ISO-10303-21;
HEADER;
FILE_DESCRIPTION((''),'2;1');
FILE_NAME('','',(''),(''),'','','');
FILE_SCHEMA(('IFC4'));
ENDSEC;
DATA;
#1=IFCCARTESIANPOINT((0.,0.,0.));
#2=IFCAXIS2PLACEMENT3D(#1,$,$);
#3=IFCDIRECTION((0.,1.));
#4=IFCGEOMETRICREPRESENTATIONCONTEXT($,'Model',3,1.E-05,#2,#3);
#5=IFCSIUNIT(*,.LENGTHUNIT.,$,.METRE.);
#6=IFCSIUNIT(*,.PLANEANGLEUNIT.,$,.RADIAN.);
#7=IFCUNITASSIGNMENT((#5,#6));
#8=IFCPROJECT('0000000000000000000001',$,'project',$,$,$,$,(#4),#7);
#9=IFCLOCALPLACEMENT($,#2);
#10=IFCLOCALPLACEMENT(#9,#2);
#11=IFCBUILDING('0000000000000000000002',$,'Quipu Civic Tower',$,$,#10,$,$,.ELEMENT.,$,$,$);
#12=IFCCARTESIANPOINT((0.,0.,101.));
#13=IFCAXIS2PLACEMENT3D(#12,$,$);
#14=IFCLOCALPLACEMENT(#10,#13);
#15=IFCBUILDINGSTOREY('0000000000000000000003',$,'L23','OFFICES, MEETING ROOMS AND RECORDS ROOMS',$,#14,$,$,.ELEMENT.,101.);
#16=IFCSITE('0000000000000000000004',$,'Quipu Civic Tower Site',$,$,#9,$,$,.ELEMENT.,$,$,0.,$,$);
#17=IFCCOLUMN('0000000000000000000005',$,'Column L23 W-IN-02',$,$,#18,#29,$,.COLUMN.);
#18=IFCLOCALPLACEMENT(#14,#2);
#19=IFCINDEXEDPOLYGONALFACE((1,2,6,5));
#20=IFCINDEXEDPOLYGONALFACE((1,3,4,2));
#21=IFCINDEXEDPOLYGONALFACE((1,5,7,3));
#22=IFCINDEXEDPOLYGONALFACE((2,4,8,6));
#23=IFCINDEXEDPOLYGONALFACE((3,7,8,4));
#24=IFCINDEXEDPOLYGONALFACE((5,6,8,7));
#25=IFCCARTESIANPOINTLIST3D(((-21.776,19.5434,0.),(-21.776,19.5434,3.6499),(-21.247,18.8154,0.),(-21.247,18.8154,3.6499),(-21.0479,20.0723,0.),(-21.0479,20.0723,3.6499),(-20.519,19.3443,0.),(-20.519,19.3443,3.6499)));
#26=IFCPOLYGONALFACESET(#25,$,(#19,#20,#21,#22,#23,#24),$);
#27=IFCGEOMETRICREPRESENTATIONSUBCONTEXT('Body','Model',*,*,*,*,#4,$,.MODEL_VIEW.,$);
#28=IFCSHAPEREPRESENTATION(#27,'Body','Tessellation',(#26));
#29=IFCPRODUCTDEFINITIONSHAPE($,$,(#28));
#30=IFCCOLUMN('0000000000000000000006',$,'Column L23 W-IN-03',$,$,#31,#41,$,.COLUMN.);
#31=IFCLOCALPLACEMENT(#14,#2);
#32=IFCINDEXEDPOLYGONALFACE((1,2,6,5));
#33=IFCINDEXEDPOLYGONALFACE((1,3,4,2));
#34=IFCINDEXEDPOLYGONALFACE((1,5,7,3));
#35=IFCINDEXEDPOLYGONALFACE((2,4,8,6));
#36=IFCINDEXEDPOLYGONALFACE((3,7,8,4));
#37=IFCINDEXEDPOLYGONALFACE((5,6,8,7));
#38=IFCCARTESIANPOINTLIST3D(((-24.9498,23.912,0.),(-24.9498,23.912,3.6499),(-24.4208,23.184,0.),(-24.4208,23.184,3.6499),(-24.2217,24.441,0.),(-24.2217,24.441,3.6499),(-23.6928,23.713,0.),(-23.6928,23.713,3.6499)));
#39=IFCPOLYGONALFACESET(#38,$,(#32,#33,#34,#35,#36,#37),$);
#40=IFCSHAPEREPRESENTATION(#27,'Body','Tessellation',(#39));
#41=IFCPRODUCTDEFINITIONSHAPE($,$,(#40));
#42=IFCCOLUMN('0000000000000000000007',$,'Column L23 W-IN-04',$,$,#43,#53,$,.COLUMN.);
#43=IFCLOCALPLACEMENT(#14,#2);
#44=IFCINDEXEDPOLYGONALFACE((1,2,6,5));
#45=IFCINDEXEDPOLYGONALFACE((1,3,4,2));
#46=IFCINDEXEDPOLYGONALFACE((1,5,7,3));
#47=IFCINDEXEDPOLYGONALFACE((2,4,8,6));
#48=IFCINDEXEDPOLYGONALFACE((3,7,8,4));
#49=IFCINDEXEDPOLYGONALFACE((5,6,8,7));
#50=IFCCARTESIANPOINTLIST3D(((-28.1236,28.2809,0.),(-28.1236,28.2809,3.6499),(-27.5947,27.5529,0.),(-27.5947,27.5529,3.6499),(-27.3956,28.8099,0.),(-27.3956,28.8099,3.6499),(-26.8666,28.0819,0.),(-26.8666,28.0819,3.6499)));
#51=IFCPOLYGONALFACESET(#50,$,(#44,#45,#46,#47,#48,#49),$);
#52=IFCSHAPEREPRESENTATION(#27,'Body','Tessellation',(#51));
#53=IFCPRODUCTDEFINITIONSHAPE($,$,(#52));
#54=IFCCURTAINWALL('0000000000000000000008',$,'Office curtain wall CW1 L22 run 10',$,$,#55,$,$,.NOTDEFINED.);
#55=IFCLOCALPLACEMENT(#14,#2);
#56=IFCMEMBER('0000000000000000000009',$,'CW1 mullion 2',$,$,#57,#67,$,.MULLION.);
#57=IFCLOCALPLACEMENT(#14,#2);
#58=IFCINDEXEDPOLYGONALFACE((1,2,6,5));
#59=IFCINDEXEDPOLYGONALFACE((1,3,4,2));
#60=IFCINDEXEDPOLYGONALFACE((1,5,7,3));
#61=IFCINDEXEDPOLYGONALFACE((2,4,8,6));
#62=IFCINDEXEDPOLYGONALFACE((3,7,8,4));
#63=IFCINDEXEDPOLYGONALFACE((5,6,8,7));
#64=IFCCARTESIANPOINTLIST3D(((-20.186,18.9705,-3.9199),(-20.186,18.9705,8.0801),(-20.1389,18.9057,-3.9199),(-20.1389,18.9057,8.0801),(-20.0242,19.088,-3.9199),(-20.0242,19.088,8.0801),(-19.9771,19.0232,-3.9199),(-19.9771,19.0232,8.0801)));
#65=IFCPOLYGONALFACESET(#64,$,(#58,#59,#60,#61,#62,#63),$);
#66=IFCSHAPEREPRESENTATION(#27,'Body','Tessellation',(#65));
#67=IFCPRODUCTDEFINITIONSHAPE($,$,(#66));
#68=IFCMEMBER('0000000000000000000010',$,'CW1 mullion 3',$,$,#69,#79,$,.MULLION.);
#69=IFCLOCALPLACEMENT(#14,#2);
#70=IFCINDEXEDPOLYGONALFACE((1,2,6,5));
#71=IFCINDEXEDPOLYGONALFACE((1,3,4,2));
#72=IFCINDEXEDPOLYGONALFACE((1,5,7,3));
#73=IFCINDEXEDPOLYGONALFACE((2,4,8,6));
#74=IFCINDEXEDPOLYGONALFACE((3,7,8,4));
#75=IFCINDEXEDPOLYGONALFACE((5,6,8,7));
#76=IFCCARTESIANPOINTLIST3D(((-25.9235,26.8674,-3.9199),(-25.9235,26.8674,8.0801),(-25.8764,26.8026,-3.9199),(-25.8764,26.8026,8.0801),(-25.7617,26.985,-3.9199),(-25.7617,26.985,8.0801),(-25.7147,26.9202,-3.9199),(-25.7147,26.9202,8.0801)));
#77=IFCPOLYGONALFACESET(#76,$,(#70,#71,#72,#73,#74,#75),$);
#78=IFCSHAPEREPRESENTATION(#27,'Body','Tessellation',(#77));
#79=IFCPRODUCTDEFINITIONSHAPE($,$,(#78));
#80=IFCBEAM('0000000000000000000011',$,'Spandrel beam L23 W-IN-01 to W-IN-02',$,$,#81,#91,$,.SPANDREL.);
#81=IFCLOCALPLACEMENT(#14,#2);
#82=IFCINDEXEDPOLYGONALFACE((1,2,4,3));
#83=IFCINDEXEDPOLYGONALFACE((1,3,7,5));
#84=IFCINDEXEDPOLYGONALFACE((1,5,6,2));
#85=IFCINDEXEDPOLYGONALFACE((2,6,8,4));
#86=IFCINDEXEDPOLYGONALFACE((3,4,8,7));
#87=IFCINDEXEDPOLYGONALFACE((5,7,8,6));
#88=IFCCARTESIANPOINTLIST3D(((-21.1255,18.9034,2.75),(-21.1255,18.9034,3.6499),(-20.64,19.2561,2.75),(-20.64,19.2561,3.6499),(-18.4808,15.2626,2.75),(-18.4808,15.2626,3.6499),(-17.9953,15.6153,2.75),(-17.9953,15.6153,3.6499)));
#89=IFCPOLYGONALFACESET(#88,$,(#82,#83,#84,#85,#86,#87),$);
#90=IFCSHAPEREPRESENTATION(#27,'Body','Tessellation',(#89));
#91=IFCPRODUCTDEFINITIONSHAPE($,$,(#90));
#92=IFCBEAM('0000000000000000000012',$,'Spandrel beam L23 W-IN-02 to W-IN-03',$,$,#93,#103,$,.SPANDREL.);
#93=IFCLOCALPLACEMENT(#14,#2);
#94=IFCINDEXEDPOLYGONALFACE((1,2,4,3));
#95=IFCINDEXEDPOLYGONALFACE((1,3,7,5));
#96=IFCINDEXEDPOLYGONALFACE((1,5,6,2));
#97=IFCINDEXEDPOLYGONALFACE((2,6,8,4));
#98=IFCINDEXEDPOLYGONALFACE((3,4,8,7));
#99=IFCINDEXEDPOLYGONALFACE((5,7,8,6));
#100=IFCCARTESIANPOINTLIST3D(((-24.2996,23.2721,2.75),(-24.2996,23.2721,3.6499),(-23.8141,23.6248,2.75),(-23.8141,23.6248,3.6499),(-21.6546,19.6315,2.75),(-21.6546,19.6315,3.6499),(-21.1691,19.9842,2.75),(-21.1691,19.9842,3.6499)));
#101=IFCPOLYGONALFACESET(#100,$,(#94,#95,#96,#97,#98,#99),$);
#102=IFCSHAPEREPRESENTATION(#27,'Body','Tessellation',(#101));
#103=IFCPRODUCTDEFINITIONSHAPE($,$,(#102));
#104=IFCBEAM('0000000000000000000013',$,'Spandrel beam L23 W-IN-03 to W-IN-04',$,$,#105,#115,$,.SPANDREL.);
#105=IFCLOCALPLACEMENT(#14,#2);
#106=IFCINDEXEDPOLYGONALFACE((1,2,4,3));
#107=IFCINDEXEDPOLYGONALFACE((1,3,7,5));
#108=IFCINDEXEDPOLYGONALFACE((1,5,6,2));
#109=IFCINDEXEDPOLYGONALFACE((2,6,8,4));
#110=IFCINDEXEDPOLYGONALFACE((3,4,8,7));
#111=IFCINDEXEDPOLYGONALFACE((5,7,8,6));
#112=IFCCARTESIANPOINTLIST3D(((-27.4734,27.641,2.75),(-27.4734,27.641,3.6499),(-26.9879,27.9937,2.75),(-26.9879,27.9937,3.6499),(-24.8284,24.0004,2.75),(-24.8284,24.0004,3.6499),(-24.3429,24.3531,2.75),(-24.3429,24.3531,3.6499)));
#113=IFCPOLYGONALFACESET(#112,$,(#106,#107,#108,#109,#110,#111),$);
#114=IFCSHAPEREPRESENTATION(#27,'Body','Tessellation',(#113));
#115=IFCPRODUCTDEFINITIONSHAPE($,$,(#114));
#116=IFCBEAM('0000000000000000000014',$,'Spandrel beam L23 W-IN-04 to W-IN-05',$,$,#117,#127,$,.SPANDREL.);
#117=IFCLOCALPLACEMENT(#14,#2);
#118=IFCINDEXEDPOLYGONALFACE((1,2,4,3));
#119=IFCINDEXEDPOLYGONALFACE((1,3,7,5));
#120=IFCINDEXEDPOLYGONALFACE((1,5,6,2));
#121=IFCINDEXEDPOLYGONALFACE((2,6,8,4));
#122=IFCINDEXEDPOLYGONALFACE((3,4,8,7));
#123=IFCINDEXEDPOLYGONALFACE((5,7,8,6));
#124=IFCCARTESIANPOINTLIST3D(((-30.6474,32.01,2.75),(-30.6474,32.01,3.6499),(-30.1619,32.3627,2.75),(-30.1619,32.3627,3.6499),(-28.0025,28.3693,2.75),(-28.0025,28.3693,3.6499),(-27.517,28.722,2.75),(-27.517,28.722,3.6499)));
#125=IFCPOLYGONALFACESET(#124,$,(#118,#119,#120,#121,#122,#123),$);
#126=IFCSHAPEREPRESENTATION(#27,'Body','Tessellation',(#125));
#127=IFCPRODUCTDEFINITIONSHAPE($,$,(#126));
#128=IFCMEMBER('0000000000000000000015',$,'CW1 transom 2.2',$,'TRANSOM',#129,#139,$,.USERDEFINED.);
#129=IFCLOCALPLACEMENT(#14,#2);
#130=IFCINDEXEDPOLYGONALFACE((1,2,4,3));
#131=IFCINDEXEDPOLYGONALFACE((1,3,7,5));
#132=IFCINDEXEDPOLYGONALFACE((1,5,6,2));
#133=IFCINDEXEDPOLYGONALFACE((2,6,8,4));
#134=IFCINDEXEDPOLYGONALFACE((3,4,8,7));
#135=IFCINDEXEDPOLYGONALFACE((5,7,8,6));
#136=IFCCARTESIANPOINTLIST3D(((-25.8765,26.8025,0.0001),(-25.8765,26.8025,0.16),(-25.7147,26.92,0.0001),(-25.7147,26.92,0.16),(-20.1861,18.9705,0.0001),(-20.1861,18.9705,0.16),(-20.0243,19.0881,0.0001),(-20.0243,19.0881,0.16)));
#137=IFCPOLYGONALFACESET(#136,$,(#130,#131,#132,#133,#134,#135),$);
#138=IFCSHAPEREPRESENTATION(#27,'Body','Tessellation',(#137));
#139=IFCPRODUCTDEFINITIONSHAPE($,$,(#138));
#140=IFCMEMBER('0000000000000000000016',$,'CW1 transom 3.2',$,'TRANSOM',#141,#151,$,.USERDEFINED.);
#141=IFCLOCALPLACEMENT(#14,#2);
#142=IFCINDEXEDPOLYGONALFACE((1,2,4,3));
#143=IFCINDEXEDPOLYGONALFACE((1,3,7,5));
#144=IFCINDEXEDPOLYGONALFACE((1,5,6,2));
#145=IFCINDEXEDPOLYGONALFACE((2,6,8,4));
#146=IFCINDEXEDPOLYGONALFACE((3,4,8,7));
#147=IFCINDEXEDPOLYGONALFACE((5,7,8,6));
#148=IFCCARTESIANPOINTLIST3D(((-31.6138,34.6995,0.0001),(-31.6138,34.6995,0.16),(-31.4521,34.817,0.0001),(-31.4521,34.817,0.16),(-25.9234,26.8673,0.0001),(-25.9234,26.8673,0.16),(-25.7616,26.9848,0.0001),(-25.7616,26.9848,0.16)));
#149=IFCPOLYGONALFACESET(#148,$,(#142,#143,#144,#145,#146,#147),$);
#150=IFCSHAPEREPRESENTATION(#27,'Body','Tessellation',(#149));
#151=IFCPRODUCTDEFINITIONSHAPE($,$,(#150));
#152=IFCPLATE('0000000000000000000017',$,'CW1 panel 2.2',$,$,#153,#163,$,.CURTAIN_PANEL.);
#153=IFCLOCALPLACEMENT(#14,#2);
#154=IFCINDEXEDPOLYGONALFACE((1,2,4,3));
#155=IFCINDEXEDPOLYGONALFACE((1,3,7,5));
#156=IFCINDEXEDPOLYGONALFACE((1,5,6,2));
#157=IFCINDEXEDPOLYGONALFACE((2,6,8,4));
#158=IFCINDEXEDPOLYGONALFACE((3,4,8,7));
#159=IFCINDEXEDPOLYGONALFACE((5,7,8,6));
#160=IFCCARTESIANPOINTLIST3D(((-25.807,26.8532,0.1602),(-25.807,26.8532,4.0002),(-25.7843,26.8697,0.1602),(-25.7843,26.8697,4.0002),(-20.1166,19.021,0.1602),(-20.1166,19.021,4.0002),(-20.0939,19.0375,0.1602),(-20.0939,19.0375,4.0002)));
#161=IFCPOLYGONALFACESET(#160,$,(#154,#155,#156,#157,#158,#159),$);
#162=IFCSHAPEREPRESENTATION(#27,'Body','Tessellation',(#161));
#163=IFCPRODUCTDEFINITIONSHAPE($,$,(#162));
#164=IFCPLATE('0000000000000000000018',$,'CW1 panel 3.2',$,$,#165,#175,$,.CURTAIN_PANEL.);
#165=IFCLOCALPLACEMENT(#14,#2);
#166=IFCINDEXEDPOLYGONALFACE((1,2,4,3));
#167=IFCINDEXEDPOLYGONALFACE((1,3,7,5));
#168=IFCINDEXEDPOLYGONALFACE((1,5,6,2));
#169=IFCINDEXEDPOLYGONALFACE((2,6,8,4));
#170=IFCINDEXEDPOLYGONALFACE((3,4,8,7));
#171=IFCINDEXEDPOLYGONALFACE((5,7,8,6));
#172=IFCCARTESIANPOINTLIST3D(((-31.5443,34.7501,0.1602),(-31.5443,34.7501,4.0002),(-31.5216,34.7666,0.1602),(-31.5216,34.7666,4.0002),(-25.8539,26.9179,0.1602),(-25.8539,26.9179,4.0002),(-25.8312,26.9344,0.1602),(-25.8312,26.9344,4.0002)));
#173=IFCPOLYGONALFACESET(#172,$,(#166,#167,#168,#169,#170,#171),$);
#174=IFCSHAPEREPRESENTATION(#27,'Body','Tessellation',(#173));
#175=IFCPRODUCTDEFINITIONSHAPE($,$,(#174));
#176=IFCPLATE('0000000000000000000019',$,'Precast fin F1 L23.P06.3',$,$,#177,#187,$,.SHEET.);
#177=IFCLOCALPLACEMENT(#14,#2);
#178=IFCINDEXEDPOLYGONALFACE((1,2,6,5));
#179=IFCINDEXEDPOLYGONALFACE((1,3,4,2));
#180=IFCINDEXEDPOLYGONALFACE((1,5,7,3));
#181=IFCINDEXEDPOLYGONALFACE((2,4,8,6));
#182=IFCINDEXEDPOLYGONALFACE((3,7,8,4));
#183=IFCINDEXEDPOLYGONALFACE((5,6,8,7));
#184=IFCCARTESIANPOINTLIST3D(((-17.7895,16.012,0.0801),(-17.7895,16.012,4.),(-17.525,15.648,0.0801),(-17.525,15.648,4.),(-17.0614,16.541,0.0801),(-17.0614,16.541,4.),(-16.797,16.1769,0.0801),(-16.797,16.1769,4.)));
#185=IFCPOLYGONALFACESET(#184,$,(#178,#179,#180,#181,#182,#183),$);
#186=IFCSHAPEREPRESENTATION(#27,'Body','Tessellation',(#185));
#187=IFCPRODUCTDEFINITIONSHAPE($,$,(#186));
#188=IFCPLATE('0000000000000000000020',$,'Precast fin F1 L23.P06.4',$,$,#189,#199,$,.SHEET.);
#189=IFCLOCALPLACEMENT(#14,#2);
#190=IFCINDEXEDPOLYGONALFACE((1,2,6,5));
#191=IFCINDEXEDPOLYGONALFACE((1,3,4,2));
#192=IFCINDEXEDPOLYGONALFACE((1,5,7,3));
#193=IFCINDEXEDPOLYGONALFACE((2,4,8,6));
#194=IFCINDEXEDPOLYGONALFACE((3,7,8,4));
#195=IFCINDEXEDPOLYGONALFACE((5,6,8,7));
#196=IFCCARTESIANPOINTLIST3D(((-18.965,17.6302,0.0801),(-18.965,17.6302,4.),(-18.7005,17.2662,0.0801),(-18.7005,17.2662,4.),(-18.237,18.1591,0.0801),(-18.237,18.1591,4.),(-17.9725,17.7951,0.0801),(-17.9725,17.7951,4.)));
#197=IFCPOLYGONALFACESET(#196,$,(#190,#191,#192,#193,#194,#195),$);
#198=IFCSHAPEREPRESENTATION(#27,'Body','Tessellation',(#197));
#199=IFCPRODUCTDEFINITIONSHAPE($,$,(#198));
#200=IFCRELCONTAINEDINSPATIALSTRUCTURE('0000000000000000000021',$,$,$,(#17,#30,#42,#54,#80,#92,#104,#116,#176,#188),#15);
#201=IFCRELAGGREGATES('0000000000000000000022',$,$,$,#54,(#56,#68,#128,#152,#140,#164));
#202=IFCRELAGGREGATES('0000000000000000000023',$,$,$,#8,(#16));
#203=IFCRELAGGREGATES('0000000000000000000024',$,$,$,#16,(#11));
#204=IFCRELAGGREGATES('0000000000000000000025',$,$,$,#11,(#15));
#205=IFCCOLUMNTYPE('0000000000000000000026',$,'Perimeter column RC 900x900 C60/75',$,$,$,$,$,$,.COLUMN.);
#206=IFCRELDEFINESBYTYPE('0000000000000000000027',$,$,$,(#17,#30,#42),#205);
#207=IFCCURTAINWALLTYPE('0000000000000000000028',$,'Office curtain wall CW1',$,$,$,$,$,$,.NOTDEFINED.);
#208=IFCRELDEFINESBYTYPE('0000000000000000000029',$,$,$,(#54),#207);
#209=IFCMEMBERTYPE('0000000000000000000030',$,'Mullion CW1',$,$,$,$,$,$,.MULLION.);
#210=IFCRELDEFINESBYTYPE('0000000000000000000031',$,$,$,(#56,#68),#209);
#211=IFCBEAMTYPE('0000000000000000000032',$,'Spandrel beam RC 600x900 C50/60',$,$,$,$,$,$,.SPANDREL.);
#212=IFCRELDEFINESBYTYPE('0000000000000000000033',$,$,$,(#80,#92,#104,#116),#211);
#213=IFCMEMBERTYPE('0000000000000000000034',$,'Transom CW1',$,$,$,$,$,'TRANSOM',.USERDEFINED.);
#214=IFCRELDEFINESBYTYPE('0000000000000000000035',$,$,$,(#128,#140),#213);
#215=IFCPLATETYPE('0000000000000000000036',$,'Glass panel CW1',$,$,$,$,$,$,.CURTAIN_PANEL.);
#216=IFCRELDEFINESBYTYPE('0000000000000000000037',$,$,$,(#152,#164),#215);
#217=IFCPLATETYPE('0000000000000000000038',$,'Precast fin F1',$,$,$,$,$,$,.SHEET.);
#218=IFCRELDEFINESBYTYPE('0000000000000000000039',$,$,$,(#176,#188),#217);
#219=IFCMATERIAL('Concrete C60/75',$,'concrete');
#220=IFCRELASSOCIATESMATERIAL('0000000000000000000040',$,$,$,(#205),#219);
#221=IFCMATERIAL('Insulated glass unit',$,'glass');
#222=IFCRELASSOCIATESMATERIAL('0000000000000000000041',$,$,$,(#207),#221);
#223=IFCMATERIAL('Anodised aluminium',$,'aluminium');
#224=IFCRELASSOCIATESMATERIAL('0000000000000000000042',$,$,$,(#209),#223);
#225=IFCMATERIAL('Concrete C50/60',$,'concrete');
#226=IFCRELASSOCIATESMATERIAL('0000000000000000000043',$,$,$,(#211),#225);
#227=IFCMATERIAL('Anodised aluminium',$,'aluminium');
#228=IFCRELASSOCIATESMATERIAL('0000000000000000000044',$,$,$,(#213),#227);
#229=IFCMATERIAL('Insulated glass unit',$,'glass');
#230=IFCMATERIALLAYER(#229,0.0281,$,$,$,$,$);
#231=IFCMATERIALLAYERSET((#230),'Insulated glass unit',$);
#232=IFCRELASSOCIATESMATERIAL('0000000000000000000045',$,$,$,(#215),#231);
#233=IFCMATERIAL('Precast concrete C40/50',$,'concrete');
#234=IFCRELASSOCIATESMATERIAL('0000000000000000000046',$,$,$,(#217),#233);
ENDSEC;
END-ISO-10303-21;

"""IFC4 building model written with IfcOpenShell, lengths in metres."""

from ifc_helpers import new_model, si_unit, direction, frame, origin, origin_2d, place, context, subcontext, project, spatial, rectangle, extrude, material, layer, layer_set, material_profile, profile_set, type_object, element, aggregate, save


model = new_model("IFC4")

# Units and contexts
model_context = context("Model", 3, precision=1e-05, world=origin(), true_north=direction((0.0, 1.0)))
body_context = subcontext(model_context, "Body", "Model", "MODEL_VIEW")
ifc_project = project(units=[si_unit("LENGTHUNIT", "METRE"), si_unit("PLANEANGLEUNIT", "RADIAN")], contexts=[model_context])

# Site, building, storey
site_placement = place(None, origin())
site = spatial("IfcSite", under=ifc_project, at=site_placement, Name="Quipu Civic Tower Site", CompositionType="ELEMENT", RefElevation=0.0)
building_placement = place(site_placement, origin())
building = spatial("IfcBuilding", under=site, at=building_placement, Name="Quipu Civic Tower", CompositionType="ELEMENT")
storey_placement = place(building_placement, frame((0.0, 0.0, 101.0)))
storey = spatial("IfcBuildingStorey", under=building, at=storey_placement, Name="L23", Description="OFFICES, MEETING ROOMS AND RECORDS ROOMS", CompositionType="ELEMENT", Elevation=101.0)

# Columns
ifc_material_1 = material(Name="Concrete C60/75", Category="concrete")
ifc_material_profile_1 = material_profile(ifc_material_1, rectangle(XDim=0.8999, YDim=0.8999, at=origin_2d()), Name="RC900x900")
ifc_profile_set_1 = profile_set([ifc_material_profile_1], Name="Concrete C60/75")
column_type = type_object("IfcColumnType", Name="Perimeter column RC 900x900 C60/75", PredefinedType="COLUMN", material=ifc_profile_set_1)
for number, where, z_axis, x_axis, name in (
    (1, (-21.1475, 19.4438, 0.0), (0.0, 0.0, 1.0), (-0.587785, 0.809017, 0.0), "Column L23 W-IN-02"),
    (2, (-24.3213, 23.8125, 0.0), (0.0, 0.0, 1.0), (-0.587785, 0.809017, 0.0), "Column L23 W-IN-03"),
    (3, (-27.4951, 28.1814, 0.0), (0.0, 0.0, 1.0), (-0.587785, 0.809017, 0.0), "Column L23 W-IN-04"),
):
    element("IfcColumn", number, at=place(storey_placement, frame(where, z_axis=z_axis, x_axis=x_axis)), inside=storey, type_object=column_type, Name=name, PredefinedType="COLUMN", context=body_context, shape_type="SweptSolid", body=[
        extrude(rectangle(XDim=0.8999, YDim=0.8999, at=origin_2d()), origin(), (0.0, 0.0, 1.0), 3.6499),
    ])

# Curtain wall, members
ifc_material_2 = material(Name="Insulated glass unit", Category="glass")
curtain_wall_type = type_object("IfcCurtainWallType", Name="Office curtain wall CW1", PredefinedType="NOTDEFINED", material=ifc_material_2)
curtain_wall_placement = place(storey_placement, origin())
curtain_wall = element("IfcCurtainWall", 4, at=curtain_wall_placement, inside=storey, type_object=curtain_wall_type, Name="Office curtain wall CW1 L22 run 10", PredefinedType="NOTDEFINED")
ifc_material_3 = material(Name="Anodised aluminium", Category="aluminium")
ifc_material_profile_2 = material_profile(ifc_material_3, rectangle(XDim=0.2, YDim=0.0801, at=origin_2d()), Name="RECT 200x80")
ifc_profile_set_2 = profile_set([ifc_material_profile_2], Name="Anodised aluminium")
member_type_1 = type_object("IfcMemberType", Name="Mullion CW1", PredefinedType="MULLION", material=ifc_profile_set_2)
member_1_placement = place(storey_placement, frame((-20.0815, 18.9968, -3.9199), z_axis=(0.0, 0.0, 1.0), x_axis=(-0.809017, -0.587786, 0.0)))
member_1 = element("IfcMember", 5, at=member_1_placement, type_object=member_type_1, Name="CW1 mullion 2", PredefinedType="MULLION", context=body_context, shape_type="SweptSolid", body=[
    extrude(rectangle(XDim=0.2, YDim=0.0801, at=origin_2d()), origin(), (0.0, 0.0, 1.0), 12.0),
])
member_2_placement = place(storey_placement, frame((-25.8191, 26.8938, -3.9199), z_axis=(0.0, 0.0, 1.0), x_axis=(-0.809017, -0.587786, 0.0)))
member_2 = element("IfcMember", 6, at=member_2_placement, type_object=member_type_1, Name="CW1 mullion 3", PredefinedType="MULLION", context=body_context, shape_type="SweptSolid", body=[
    extrude(rectangle(XDim=0.2, YDim=0.0801, at=origin_2d()), origin(), (0.0, 0.0, 1.0), 12.0),
])

# Beams
ifc_material_4 = material(Name="Concrete C50/60", Category="concrete")
ifc_material_profile_3 = material_profile(ifc_material_4, rectangle(XDim=0.6001, YDim=0.8999, at=origin_2d()), Name="RC600x900")
ifc_profile_set_3 = profile_set([ifc_material_profile_3], Name="Concrete C50/60")
beam_type = type_object("IfcBeamType", Name="Spandrel beam RC 600x900 C50/60", PredefinedType="SPANDREL", material=ifc_profile_set_3)
for number, where, z_axis, x_axis, name in (
    (7, (-18.238, 15.439, 3.2), (-0.587717, 0.809067, 0.0), (-0.809067, -0.587717, 0.0), "Spandrel beam L23 W-IN-01 to W-IN-02"),
    (8, (-21.4119, 19.8079, 3.2), (-0.587778, 0.809022, 0.0), (-0.809022, -0.587778, 0.0), "Spandrel beam L23 W-IN-02 to W-IN-03"),
    (9, (-24.5857, 24.1768, 3.2), (-0.587778, 0.809022, 0.0), (-0.809022, -0.587778, 0.0), "Spandrel beam L23 W-IN-03 to W-IN-04"),
    (10, (-27.7598, 28.5457, 3.2), (-0.587743, 0.809048, 0.0), (-0.809048, -0.587743, 0.0), "Spandrel beam L23 W-IN-04 to W-IN-05"),
):
    element("IfcBeam", number, at=place(storey_placement, frame(where, z_axis=z_axis, x_axis=x_axis)), inside=storey, type_object=beam_type, Name=name, PredefinedType="SPANDREL", context=body_context, shape_type="SweptSolid", body=[
        extrude(rectangle(XDim=0.6001, YDim=0.8999, at=origin_2d()), origin(), (0.0, 0.0, 1.0), 4.5),
    ])

# Members
ifc_material_5 = material(Name="Anodised aluminium", Category="aluminium")
ifc_material_profile_4 = material_profile(ifc_material_5, rectangle(XDim=0.2, YDim=0.1599, at=origin_2d()), Name="RECT 200x160")
ifc_profile_set_4 = profile_set([ifc_material_profile_4], Name="Anodised aluminium")
member_type_2 = type_object("IfcMemberType", Name="Transom CW1", ElementType="TRANSOM", PredefinedType="USERDEFINED", material=ifc_profile_set_4)
member_3_placement = place(storey_placement, frame((-20.1052, 19.0293, 0.0801), z_axis=(-0.587794, 0.809011, 0.0), x_axis=(-0.809011, -0.587794, 0.0)))
member_3 = element("IfcMember", 11, at=member_3_placement, type_object=member_type_2, Name="CW1 transom 2.2", ObjectType="TRANSOM", PredefinedType="USERDEFINED", context=body_context, shape_type="SweptSolid", body=[
    extrude(rectangle(XDim=0.2, YDim=0.1599, at=origin_2d()), origin(), (0.0, 0.0, 1.0), 9.6809),
])
member_4_placement = place(storey_placement, frame((-25.8425, 26.926, 0.0801), z_axis=(-0.587782, 0.80902, 0.0), x_axis=(-0.80902, -0.587782, 0.0)))
member_4 = element("IfcMember", 12, at=member_4_placement, type_object=member_type_2, Name="CW1 transom 3.2", ObjectType="TRANSOM", PredefinedType="USERDEFINED", context=body_context, shape_type="SweptSolid", body=[
    extrude(rectangle(XDim=0.2, YDim=0.1599, at=origin_2d()), origin(), (0.0, 0.0, 1.0), 9.6812),
])

# Plates
ifc_material_6 = material(Name="Insulated glass unit", Category="glass")
ifc_layer_1 = layer(ifc_material_6, 0.0281)
ifc_layer_set_1 = layer_set([ifc_layer_1], Name="Insulated glass unit")
plate_type_1 = type_object("IfcPlateType", Name="Glass panel CW1", PredefinedType="CURTAIN_PANEL", material=ifc_layer_set_1)
plate_1_placement = place(storey_placement, frame((-22.9504, 22.9453, 0.1602), z_axis=(0.0, 0.0, 1.0), x_axis=(-0.587786, 0.809017, 0.0)))
plate_1 = element("IfcPlate", 13, at=plate_1_placement, type_object=plate_type_1, Name="CW1 panel 2.2", PredefinedType="CURTAIN_PANEL", context=body_context, shape_type="SweptSolid", body=[
    extrude(rectangle(XDim=9.6812, YDim=0.0281, at=origin_2d()), origin(), (0.0, 0.0, 1.0), 3.8401),
])
plate_2_placement = place(storey_placement, frame((-28.6877, 30.8423, 0.1602), z_axis=(0.0, 0.0, 1.0), x_axis=(-0.587786, 0.809017, 0.0)))
plate_2 = element("IfcPlate", 14, at=plate_2_placement, type_object=plate_type_1, Name="CW1 panel 3.2", PredefinedType="CURTAIN_PANEL", context=body_context, shape_type="SweptSolid", body=[
    extrude(rectangle(XDim=9.6812, YDim=0.0281, at=origin_2d()), origin(), (0.0, 0.0, 1.0), 3.8401),
])
aggregate(curtain_wall, [member_1, member_2, member_3, plate_1, member_4, plate_2])

# Plates
ifc_material_7 = material(Name="Precast concrete C40/50", Category="concrete")
plate_type_2 = type_object("IfcPlateType", Name="Precast fin F1", PredefinedType="SHEET", material=ifc_material_7)
for number, where, z_axis, x_axis, name in (
    (15, (-17.2932, 16.0945, 0.0801), (0.0, 0.0, 1.0), (-0.587785, 0.809017, 0.0), "Precast fin F1 L23.P06.3"),
    (16, (-18.4688, 17.7126, 0.0801), (0.0, 0.0, 1.0), (-0.587785, 0.809017, 0.0), "Precast fin F1 L23.P06.4"),
):
    element("IfcPlate", number, at=place(storey_placement, frame(where, z_axis=z_axis, x_axis=x_axis)), inside=storey, type_object=plate_type_2, Name=name, PredefinedType="SHEET", context=body_context, shape_type="SweptSolid", body=[
        extrude(rectangle(XDim=0.45, YDim=0.8999, at=origin_2d()), origin(), (0.0, 0.0, 1.0), 3.9199),
    ])

save(model, "model.ifc")
